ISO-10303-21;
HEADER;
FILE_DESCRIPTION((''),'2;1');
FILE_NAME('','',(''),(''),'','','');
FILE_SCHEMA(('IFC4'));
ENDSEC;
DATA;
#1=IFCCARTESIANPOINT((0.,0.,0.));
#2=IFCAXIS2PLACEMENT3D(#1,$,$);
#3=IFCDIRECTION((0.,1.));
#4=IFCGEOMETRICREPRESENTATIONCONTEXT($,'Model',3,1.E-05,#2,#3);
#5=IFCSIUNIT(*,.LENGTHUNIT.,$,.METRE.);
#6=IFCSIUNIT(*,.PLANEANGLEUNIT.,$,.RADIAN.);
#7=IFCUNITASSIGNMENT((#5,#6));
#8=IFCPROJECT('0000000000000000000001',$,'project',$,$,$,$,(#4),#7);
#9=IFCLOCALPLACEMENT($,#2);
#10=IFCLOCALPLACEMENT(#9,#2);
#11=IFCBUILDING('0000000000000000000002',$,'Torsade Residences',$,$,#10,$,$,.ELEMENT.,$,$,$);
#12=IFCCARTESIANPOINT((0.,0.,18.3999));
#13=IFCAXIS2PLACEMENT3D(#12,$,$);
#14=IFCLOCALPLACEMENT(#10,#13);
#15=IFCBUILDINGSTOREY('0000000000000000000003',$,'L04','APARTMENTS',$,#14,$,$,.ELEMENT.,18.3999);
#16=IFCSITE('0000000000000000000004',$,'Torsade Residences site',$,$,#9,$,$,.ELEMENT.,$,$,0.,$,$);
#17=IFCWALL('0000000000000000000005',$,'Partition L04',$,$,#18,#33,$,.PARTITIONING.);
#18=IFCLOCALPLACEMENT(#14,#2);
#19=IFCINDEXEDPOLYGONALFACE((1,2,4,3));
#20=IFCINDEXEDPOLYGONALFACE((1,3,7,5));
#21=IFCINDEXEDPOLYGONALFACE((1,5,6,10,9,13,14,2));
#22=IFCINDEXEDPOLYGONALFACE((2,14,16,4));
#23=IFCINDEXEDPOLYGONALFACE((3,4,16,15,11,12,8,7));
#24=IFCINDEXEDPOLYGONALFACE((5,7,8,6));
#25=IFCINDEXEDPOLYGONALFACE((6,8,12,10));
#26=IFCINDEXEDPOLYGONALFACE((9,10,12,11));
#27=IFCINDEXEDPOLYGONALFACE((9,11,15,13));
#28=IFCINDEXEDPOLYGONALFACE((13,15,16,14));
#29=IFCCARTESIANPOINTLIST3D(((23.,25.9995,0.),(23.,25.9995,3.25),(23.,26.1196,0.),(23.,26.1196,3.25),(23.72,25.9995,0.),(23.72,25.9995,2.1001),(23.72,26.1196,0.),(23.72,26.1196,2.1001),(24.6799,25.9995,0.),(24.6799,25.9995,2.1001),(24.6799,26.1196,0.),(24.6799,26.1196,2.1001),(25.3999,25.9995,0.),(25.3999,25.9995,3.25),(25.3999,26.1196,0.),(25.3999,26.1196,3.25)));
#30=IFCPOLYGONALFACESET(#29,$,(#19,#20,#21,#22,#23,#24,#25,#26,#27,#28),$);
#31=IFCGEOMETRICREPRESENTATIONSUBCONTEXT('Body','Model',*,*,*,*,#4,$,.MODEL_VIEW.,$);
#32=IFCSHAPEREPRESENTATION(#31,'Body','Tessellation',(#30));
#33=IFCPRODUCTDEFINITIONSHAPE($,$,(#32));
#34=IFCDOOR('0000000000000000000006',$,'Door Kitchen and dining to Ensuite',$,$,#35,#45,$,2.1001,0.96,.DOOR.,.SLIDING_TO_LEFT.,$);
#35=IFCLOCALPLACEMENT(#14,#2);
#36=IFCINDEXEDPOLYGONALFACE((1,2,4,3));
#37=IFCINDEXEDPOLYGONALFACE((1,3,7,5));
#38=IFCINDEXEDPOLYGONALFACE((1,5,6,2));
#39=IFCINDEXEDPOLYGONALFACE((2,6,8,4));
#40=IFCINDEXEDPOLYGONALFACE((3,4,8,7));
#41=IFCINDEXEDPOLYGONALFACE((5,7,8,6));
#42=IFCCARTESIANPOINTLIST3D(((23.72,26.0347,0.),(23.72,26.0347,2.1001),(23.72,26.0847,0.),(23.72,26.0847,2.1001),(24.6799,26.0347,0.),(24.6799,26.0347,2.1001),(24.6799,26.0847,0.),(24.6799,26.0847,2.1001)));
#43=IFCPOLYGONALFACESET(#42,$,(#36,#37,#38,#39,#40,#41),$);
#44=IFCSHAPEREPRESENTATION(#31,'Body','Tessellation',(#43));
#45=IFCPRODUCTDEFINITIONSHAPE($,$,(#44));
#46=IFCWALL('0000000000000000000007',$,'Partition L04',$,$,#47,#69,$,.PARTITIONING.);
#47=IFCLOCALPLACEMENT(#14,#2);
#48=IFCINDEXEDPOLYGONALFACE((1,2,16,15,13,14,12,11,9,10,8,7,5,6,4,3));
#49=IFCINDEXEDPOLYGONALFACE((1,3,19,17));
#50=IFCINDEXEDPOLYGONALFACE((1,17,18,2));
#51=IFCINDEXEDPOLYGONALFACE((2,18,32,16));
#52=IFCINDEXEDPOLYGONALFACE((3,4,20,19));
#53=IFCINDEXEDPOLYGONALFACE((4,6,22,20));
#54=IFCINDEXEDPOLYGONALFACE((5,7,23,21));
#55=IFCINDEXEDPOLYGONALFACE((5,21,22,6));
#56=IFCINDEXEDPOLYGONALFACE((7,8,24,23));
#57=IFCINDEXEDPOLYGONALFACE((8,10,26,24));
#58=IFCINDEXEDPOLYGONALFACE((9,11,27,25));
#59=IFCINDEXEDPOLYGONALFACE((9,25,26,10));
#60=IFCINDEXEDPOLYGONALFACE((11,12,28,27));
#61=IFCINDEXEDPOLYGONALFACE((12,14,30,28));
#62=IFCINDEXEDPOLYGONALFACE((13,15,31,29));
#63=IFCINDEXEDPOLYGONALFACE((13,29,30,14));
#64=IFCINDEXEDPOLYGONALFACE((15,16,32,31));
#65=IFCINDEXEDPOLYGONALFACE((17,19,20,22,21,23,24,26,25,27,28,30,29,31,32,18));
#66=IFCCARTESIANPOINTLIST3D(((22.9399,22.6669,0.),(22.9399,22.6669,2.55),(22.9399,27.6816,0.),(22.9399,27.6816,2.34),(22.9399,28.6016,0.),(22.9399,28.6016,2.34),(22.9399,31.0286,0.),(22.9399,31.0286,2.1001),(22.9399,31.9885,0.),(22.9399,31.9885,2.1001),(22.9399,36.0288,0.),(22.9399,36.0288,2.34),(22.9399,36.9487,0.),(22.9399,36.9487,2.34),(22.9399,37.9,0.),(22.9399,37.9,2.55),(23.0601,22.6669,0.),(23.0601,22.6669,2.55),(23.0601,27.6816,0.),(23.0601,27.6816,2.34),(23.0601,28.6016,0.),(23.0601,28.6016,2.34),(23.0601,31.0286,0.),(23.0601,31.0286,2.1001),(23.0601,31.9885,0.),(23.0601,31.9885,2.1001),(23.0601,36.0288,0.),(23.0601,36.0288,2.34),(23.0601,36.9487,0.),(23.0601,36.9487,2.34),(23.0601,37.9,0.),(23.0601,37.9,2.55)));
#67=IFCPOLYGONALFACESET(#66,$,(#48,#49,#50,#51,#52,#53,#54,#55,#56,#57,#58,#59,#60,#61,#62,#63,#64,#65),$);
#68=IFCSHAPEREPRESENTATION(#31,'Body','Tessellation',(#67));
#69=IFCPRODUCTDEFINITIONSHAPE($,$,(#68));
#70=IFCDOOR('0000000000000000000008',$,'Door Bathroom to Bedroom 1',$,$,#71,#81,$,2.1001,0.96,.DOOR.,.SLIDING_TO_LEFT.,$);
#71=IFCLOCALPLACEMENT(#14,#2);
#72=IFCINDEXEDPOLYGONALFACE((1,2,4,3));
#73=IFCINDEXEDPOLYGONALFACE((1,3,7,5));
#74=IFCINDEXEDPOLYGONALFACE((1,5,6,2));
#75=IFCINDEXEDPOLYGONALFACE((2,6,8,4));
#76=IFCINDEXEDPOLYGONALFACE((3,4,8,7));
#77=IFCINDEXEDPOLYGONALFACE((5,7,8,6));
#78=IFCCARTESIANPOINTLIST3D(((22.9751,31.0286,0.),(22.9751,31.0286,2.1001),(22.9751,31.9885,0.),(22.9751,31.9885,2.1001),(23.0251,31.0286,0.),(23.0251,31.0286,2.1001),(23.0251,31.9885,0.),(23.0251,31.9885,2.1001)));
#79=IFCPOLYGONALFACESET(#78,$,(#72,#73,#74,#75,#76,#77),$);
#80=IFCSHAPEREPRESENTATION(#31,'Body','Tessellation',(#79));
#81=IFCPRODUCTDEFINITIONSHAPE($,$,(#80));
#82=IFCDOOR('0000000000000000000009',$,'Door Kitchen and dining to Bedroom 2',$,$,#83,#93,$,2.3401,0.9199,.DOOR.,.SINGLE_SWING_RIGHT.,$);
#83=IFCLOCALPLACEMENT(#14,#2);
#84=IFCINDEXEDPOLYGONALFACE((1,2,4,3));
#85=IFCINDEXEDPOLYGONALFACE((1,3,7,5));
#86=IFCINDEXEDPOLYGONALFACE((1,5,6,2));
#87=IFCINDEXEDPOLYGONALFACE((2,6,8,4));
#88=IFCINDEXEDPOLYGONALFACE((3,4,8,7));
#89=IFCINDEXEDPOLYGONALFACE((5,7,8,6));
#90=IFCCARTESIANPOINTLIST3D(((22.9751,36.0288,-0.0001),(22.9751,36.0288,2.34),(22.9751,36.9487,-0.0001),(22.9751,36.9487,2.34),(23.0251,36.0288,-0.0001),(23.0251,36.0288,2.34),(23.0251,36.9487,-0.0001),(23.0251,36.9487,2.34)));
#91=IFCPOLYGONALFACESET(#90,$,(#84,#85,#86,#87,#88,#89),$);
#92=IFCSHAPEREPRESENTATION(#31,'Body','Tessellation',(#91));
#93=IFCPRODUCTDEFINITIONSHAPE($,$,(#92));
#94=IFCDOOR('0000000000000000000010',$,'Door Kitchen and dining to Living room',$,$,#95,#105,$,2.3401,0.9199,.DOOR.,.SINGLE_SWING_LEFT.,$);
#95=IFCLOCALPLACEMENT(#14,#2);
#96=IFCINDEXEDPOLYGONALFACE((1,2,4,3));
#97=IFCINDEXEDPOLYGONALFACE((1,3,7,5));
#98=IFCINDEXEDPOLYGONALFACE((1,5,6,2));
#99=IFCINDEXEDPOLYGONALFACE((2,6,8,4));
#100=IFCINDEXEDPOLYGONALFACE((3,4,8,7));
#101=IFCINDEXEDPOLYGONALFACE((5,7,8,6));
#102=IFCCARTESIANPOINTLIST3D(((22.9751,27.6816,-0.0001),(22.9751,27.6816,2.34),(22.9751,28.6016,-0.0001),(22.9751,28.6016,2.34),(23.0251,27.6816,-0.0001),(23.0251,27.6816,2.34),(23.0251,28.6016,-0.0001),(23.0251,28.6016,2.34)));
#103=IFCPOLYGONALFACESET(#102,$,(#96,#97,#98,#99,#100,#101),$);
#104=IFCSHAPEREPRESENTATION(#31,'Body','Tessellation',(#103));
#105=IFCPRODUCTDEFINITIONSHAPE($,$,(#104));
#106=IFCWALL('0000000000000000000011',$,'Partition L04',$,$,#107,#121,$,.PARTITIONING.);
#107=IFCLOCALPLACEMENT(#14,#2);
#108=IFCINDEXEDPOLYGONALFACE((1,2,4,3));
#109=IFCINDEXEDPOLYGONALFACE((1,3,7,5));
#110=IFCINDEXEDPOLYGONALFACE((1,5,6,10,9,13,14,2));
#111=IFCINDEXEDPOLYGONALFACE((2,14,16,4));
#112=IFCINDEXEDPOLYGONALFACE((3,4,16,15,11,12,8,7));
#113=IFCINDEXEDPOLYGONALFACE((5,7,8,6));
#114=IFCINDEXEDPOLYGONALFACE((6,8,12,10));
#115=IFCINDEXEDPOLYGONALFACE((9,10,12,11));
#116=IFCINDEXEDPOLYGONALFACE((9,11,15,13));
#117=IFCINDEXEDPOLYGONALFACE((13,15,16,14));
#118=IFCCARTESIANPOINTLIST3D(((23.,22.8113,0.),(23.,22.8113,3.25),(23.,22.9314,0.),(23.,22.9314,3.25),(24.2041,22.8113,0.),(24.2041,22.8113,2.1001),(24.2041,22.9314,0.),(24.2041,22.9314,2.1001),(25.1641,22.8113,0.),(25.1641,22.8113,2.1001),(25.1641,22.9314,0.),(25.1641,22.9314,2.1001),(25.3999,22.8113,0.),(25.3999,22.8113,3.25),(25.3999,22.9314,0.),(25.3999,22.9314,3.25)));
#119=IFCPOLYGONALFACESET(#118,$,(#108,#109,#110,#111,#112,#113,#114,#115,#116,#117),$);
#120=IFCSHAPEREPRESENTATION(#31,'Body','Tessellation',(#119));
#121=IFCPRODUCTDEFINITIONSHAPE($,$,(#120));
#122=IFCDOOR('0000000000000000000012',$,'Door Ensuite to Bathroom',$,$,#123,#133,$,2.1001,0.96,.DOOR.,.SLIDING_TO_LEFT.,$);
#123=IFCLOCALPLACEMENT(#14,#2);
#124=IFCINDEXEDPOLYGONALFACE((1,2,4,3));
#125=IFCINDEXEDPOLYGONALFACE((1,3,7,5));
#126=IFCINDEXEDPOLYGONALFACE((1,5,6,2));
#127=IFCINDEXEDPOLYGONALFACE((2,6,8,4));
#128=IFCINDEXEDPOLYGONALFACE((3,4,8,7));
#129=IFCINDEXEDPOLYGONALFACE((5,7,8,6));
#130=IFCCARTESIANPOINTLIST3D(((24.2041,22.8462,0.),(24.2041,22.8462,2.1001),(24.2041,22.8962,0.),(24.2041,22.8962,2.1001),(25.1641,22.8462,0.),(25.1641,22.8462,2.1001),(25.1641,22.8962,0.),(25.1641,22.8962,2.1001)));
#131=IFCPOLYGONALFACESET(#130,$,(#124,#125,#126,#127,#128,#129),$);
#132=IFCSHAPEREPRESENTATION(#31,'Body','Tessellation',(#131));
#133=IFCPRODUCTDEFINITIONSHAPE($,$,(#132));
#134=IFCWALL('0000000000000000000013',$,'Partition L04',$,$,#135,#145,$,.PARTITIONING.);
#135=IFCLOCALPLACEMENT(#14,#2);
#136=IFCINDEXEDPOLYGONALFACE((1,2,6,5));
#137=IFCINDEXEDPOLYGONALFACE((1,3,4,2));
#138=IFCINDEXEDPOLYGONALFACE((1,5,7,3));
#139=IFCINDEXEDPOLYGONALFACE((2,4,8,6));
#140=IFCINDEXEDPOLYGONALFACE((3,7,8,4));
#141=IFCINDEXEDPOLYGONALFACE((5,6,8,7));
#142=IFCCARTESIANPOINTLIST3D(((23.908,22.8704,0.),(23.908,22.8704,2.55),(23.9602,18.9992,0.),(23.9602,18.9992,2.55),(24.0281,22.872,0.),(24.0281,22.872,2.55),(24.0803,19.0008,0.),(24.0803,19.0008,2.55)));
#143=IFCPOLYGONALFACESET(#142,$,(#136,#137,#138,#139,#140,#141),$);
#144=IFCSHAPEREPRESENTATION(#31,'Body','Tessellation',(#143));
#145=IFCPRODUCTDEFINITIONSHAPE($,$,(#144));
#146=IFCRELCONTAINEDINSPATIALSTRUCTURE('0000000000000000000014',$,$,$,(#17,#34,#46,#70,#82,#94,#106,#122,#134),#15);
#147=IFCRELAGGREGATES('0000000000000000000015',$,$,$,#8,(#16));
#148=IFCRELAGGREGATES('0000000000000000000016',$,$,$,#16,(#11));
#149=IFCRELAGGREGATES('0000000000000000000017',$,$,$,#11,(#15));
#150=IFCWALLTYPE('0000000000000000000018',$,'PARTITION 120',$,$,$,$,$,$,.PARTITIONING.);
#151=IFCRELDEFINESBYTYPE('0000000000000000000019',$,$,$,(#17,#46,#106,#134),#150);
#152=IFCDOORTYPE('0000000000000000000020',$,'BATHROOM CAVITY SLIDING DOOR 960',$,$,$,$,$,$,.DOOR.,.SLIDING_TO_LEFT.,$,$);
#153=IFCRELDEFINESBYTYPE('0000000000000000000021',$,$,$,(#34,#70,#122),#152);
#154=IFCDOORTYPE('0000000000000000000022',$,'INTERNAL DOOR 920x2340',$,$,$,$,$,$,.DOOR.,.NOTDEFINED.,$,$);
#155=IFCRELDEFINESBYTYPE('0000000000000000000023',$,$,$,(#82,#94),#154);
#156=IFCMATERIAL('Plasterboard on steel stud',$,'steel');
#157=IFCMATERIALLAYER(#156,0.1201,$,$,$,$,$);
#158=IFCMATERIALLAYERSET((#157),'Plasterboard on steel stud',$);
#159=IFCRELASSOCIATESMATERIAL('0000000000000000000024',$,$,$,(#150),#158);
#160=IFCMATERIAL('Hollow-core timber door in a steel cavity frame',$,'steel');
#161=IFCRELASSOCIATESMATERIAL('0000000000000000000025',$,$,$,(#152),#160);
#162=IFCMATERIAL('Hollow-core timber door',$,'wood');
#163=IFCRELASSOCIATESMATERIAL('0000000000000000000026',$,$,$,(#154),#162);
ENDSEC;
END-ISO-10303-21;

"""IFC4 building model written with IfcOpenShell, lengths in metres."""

from ifc_helpers import new_model, si_unit, direction, frame, frame_2d, origin, place, context, subcontext, project, spatial, rectangle, extrude, material, layer, layer_set, type_object, element, fill, save


model = new_model("IFC4")

# Units and contexts
model_context = context("Model", 3, precision=1e-05, world=origin(), true_north=direction((0.0, 1.0)))
body_context = subcontext(model_context, "Body", "Model", "MODEL_VIEW")
ifc_project = project(units=[si_unit("LENGTHUNIT", "METRE"), si_unit("PLANEANGLEUNIT", "RADIAN")], contexts=[model_context])

# Site, building, storey
site_placement = place(None, origin())
site = spatial("IfcSite", under=ifc_project, at=site_placement, Name="Torsade Residences site", CompositionType="ELEMENT", RefElevation=0.0)
building_placement = place(site_placement, origin())
building = spatial("IfcBuilding", under=site, at=building_placement, Name="Torsade Residences", CompositionType="ELEMENT")
storey_placement = place(building_placement, frame((0.0, 0.0, 18.3999)))
storey = spatial("IfcBuildingStorey", under=building, at=storey_placement, Name="L04", Description="APARTMENTS", CompositionType="ELEMENT", Elevation=18.3999)

# Wall, opening, door
ifc_material_1 = material(Name="Plasterboard on steel stud", Category="steel")
ifc_layer_1 = layer(ifc_material_1, 0.1201)
ifc_layer_set_1 = layer_set([ifc_layer_1], Name="Plasterboard on steel stud")
wall_type_1 = type_object("IfcWallType", Name="PARTITION 120", PredefinedType="PARTITIONING", material=ifc_layer_set_1)
wall_1_placement = place(storey_placement, frame((25.3999, 26.0596, 0.0), z_axis=(0.0, 0.0, 1.0), x_axis=(-1.0, 0.0, 0.0)))
wall_1 = element("IfcWall", 1, at=wall_1_placement, inside=storey, type_object=wall_type_1, Name="Partition L04", PredefinedType="PARTITIONING", context=body_context, shape_type="SweptSolid", body=[
    extrude(rectangle(XDim=2.3999, YDim=0.1201, at=frame_2d((1.2, 0.0))), origin(), (0.0, 0.0, 1.0), 3.25),
])
opening_1_placement = place(wall_1_placement, frame((0.72, 0.0, 0.0)))
opening_1 = element("IfcOpeningElement", 2, at=opening_1_placement, cuts=wall_1, PredefinedType="OPENING", context=body_context, shape_type="SweptSolid", body=[
    extrude(rectangle(XDim=0.96, YDim=2.1001, at=frame_2d((0.48, 1.05))), frame((0.0, 0.0701, 0.0), z_axis=(0.0, -1.0, 0.0), x_axis=(1.0, 0.0, 0.0)), (0.0, 0.0, 1.0), 0.1401),
])
ifc_material_2 = material(Name="Hollow-core timber door in a steel cavity frame", Category="steel")
door_type_1 = type_object("IfcDoorType", Name="BATHROOM CAVITY SLIDING DOOR 960", OperationType="SLIDING_TO_LEFT", PredefinedType="DOOR", material=ifc_material_2)
door_1_placement = place(opening_1_placement, origin())
door_1 = element("IfcDoor", 3, at=door_1_placement, inside=storey, type_object=door_type_1, Name="Door Kitchen and dining to Ensuite", OperationType="SLIDING_TO_LEFT", OverallHeight=2.1001, OverallWidth=0.96, PredefinedType="DOOR", context=body_context, shape_type="SweptSolid", body=[
    extrude(rectangle(XDim=0.96, YDim=2.1001, at=frame_2d((0.48, 1.05))), frame((0.0, 0.0249, 0.0), z_axis=(0.0, -1.0, 0.0), x_axis=(1.0, 0.0, 0.0)), (0.0, 0.0, 1.0), 0.05),
])
fill(opening_1, door_1)

# Wall, openings, doors
wall_2_placement = place(storey_placement, frame((23.0, 22.6667, 0.0), z_axis=(0.0, 0.0, 1.0), x_axis=(0.0, 1.0, 0.0)))
wall_2 = element("IfcWall", 4, at=wall_2_placement, inside=storey, type_object=wall_type_1, Name="Partition L04", PredefinedType="PARTITIONING", context=body_context, shape_type="SweptSolid", body=[
    extrude(rectangle(XDim=15.2332, YDim=0.1201, at=frame_2d((7.6167, 0.0))), origin(), (0.0, 0.0, 1.0), 2.55),
])
opening_2_placement = place(wall_2_placement, frame((13.3621, 0.0, 0.0)))
opening_2 = element("IfcOpeningElement", 5, at=opening_2_placement, cuts=wall_2, PredefinedType="OPENING", context=body_context, shape_type="SweptSolid", body=[
    extrude(rectangle(XDim=0.9199, YDim=2.3401, at=frame_2d((0.46, 1.1699))), frame((0.0, 0.0701, 0.0), z_axis=(0.0, -1.0, 0.0), x_axis=(1.0, 0.0, 0.0)), (0.0, 0.0, 1.0), 0.1401),
])
opening_3_placement = place(wall_2_placement, frame((5.0149, 0.0, 0.0)))
opening_3 = element("IfcOpeningElement", 6, at=opening_3_placement, cuts=wall_2, PredefinedType="OPENING", context=body_context, shape_type="SweptSolid", body=[
    extrude(rectangle(XDim=0.9199, YDim=2.3401, at=frame_2d((0.46, 1.1699))), frame((0.0, 0.0701, 0.0), z_axis=(0.0, -1.0, 0.0), x_axis=(1.0, 0.0, 0.0)), (0.0, 0.0, 1.0), 0.1401),
])
opening_4_placement = place(wall_2_placement, frame((8.3618, 0.0, 0.0)))
opening_4 = element("IfcOpeningElement", 7, at=opening_4_placement, cuts=wall_2, PredefinedType="OPENING", context=body_context, shape_type="SweptSolid", body=[
    extrude(rectangle(XDim=0.96, YDim=2.1001, at=frame_2d((0.48, 1.05))), frame((0.0, 0.0701, 0.0), z_axis=(0.0, -1.0, 0.0), x_axis=(1.0, 0.0, 0.0)), (0.0, 0.0, 1.0), 0.1401),
])
door_2_placement = place(opening_4_placement, origin())
door_2 = element("IfcDoor", 8, at=door_2_placement, inside=storey, type_object=door_type_1, Name="Door Bathroom to Bedroom 1", OperationType="SLIDING_TO_LEFT", OverallHeight=2.1001, OverallWidth=0.96, PredefinedType="DOOR", context=body_context, shape_type="SweptSolid", body=[
    extrude(rectangle(XDim=0.96, YDim=2.1001, at=frame_2d((0.48, 1.05))), frame((0.0, 0.0249, 0.0), z_axis=(0.0, -1.0, 0.0), x_axis=(1.0, 0.0, 0.0)), (0.0, 0.0, 1.0), 0.05),
])
fill(opening_4, door_2)
ifc_material_3 = material(Name="Hollow-core timber door", Category="wood")
door_type_2 = type_object("IfcDoorType", Name="INTERNAL DOOR 920x2340", OperationType="NOTDEFINED", PredefinedType="DOOR", material=ifc_material_3)
door_3_placement = place(opening_2_placement, origin())
door_3 = element("IfcDoor", 9, at=door_3_placement, inside=storey, type_object=door_type_2, Name="Door Kitchen and dining to Bedroom 2", OperationType="SINGLE_SWING_RIGHT", OverallHeight=2.3401, OverallWidth=0.9199, PredefinedType="DOOR", context=body_context, shape_type="SweptSolid", body=[
    extrude(rectangle(XDim=0.9199, YDim=2.3401, at=frame_2d((0.46, 1.1699))), frame((0.0, 0.0249, 0.0), z_axis=(0.0, -1.0, 0.0), x_axis=(1.0, 0.0, 0.0)), (0.0, 0.0, 1.0), 0.05),
])
fill(opening_2, door_3)
door_4_placement = place(opening_3_placement, origin())
door_4 = element("IfcDoor", 10, at=door_4_placement, inside=storey, type_object=door_type_2, Name="Door Kitchen and dining to Living room", OperationType="SINGLE_SWING_LEFT", OverallHeight=2.3401, OverallWidth=0.9199, PredefinedType="DOOR", context=body_context, shape_type="SweptSolid", body=[
    extrude(rectangle(XDim=0.9199, YDim=2.3401, at=frame_2d((0.46, 1.1699))), frame((0.0, 0.0249, 0.0), z_axis=(0.0, -1.0, 0.0), x_axis=(1.0, 0.0, 0.0)), (0.0, 0.0, 1.0), 0.05),
])
fill(opening_3, door_4)

# Wall, opening, door
wall_3_placement = place(storey_placement, frame((23.0, 22.8713, 0.0), z_axis=(0.0, 0.0, 1.0), x_axis=(1.0, 0.0, 0.0)))
wall_3 = element("IfcWall", 11, at=wall_3_placement, inside=storey, type_object=wall_type_1, Name="Partition L04", PredefinedType="PARTITIONING", context=body_context, shape_type="SweptSolid", body=[
    extrude(rectangle(XDim=2.3999, YDim=0.1201, at=frame_2d((1.2, 0.0))), origin(), (0.0, 0.0, 1.0), 3.25),
])
opening_5_placement = place(wall_3_placement, frame((1.2041, 0.0, 0.0)))
opening_5 = element("IfcOpeningElement", 12, at=opening_5_placement, cuts=wall_3, PredefinedType="OPENING", context=body_context, shape_type="SweptSolid", body=[
    extrude(rectangle(XDim=0.96, YDim=2.1001, at=frame_2d((0.48, 1.05))), frame((0.0, 0.0701, 0.0), z_axis=(0.0, -1.0, 0.0), x_axis=(1.0, 0.0, 0.0)), (0.0, 0.0, 1.0), 0.1401),
])
door_5_placement = place(opening_5_placement, origin())
door_5 = element("IfcDoor", 13, at=door_5_placement, inside=storey, type_object=door_type_1, Name="Door Ensuite to Bathroom", OperationType="SLIDING_TO_LEFT", OverallHeight=2.1001, OverallWidth=0.96, PredefinedType="DOOR", context=body_context, shape_type="SweptSolid", body=[
    extrude(rectangle(XDim=0.96, YDim=2.1001, at=frame_2d((0.48, 1.05))), frame((0.0, 0.0249, 0.0), z_axis=(0.0, -1.0, 0.0), x_axis=(1.0, 0.0, 0.0)), (0.0, 0.0, 1.0), 0.05),
])
fill(opening_5, door_5)

# Wall
wall_4_placement = place(storey_placement, frame((24.0203, 19.0, 0.0), z_axis=(0.0, 0.0, 1.0), x_axis=(-0.013494, 0.999909, 0.0)))
element("IfcWall", 14, at=wall_4_placement, inside=storey, type_object=wall_type_1, Name="Partition L04", PredefinedType="PARTITIONING", context=body_context, shape_type="SweptSolid", body=[
    extrude(rectangle(XDim=3.8716, YDim=0.1201, at=frame_2d((1.9358, 0.0))), origin(), (0.0, 0.0, 1.0), 2.55),
])

save(model, "model.ifc")
